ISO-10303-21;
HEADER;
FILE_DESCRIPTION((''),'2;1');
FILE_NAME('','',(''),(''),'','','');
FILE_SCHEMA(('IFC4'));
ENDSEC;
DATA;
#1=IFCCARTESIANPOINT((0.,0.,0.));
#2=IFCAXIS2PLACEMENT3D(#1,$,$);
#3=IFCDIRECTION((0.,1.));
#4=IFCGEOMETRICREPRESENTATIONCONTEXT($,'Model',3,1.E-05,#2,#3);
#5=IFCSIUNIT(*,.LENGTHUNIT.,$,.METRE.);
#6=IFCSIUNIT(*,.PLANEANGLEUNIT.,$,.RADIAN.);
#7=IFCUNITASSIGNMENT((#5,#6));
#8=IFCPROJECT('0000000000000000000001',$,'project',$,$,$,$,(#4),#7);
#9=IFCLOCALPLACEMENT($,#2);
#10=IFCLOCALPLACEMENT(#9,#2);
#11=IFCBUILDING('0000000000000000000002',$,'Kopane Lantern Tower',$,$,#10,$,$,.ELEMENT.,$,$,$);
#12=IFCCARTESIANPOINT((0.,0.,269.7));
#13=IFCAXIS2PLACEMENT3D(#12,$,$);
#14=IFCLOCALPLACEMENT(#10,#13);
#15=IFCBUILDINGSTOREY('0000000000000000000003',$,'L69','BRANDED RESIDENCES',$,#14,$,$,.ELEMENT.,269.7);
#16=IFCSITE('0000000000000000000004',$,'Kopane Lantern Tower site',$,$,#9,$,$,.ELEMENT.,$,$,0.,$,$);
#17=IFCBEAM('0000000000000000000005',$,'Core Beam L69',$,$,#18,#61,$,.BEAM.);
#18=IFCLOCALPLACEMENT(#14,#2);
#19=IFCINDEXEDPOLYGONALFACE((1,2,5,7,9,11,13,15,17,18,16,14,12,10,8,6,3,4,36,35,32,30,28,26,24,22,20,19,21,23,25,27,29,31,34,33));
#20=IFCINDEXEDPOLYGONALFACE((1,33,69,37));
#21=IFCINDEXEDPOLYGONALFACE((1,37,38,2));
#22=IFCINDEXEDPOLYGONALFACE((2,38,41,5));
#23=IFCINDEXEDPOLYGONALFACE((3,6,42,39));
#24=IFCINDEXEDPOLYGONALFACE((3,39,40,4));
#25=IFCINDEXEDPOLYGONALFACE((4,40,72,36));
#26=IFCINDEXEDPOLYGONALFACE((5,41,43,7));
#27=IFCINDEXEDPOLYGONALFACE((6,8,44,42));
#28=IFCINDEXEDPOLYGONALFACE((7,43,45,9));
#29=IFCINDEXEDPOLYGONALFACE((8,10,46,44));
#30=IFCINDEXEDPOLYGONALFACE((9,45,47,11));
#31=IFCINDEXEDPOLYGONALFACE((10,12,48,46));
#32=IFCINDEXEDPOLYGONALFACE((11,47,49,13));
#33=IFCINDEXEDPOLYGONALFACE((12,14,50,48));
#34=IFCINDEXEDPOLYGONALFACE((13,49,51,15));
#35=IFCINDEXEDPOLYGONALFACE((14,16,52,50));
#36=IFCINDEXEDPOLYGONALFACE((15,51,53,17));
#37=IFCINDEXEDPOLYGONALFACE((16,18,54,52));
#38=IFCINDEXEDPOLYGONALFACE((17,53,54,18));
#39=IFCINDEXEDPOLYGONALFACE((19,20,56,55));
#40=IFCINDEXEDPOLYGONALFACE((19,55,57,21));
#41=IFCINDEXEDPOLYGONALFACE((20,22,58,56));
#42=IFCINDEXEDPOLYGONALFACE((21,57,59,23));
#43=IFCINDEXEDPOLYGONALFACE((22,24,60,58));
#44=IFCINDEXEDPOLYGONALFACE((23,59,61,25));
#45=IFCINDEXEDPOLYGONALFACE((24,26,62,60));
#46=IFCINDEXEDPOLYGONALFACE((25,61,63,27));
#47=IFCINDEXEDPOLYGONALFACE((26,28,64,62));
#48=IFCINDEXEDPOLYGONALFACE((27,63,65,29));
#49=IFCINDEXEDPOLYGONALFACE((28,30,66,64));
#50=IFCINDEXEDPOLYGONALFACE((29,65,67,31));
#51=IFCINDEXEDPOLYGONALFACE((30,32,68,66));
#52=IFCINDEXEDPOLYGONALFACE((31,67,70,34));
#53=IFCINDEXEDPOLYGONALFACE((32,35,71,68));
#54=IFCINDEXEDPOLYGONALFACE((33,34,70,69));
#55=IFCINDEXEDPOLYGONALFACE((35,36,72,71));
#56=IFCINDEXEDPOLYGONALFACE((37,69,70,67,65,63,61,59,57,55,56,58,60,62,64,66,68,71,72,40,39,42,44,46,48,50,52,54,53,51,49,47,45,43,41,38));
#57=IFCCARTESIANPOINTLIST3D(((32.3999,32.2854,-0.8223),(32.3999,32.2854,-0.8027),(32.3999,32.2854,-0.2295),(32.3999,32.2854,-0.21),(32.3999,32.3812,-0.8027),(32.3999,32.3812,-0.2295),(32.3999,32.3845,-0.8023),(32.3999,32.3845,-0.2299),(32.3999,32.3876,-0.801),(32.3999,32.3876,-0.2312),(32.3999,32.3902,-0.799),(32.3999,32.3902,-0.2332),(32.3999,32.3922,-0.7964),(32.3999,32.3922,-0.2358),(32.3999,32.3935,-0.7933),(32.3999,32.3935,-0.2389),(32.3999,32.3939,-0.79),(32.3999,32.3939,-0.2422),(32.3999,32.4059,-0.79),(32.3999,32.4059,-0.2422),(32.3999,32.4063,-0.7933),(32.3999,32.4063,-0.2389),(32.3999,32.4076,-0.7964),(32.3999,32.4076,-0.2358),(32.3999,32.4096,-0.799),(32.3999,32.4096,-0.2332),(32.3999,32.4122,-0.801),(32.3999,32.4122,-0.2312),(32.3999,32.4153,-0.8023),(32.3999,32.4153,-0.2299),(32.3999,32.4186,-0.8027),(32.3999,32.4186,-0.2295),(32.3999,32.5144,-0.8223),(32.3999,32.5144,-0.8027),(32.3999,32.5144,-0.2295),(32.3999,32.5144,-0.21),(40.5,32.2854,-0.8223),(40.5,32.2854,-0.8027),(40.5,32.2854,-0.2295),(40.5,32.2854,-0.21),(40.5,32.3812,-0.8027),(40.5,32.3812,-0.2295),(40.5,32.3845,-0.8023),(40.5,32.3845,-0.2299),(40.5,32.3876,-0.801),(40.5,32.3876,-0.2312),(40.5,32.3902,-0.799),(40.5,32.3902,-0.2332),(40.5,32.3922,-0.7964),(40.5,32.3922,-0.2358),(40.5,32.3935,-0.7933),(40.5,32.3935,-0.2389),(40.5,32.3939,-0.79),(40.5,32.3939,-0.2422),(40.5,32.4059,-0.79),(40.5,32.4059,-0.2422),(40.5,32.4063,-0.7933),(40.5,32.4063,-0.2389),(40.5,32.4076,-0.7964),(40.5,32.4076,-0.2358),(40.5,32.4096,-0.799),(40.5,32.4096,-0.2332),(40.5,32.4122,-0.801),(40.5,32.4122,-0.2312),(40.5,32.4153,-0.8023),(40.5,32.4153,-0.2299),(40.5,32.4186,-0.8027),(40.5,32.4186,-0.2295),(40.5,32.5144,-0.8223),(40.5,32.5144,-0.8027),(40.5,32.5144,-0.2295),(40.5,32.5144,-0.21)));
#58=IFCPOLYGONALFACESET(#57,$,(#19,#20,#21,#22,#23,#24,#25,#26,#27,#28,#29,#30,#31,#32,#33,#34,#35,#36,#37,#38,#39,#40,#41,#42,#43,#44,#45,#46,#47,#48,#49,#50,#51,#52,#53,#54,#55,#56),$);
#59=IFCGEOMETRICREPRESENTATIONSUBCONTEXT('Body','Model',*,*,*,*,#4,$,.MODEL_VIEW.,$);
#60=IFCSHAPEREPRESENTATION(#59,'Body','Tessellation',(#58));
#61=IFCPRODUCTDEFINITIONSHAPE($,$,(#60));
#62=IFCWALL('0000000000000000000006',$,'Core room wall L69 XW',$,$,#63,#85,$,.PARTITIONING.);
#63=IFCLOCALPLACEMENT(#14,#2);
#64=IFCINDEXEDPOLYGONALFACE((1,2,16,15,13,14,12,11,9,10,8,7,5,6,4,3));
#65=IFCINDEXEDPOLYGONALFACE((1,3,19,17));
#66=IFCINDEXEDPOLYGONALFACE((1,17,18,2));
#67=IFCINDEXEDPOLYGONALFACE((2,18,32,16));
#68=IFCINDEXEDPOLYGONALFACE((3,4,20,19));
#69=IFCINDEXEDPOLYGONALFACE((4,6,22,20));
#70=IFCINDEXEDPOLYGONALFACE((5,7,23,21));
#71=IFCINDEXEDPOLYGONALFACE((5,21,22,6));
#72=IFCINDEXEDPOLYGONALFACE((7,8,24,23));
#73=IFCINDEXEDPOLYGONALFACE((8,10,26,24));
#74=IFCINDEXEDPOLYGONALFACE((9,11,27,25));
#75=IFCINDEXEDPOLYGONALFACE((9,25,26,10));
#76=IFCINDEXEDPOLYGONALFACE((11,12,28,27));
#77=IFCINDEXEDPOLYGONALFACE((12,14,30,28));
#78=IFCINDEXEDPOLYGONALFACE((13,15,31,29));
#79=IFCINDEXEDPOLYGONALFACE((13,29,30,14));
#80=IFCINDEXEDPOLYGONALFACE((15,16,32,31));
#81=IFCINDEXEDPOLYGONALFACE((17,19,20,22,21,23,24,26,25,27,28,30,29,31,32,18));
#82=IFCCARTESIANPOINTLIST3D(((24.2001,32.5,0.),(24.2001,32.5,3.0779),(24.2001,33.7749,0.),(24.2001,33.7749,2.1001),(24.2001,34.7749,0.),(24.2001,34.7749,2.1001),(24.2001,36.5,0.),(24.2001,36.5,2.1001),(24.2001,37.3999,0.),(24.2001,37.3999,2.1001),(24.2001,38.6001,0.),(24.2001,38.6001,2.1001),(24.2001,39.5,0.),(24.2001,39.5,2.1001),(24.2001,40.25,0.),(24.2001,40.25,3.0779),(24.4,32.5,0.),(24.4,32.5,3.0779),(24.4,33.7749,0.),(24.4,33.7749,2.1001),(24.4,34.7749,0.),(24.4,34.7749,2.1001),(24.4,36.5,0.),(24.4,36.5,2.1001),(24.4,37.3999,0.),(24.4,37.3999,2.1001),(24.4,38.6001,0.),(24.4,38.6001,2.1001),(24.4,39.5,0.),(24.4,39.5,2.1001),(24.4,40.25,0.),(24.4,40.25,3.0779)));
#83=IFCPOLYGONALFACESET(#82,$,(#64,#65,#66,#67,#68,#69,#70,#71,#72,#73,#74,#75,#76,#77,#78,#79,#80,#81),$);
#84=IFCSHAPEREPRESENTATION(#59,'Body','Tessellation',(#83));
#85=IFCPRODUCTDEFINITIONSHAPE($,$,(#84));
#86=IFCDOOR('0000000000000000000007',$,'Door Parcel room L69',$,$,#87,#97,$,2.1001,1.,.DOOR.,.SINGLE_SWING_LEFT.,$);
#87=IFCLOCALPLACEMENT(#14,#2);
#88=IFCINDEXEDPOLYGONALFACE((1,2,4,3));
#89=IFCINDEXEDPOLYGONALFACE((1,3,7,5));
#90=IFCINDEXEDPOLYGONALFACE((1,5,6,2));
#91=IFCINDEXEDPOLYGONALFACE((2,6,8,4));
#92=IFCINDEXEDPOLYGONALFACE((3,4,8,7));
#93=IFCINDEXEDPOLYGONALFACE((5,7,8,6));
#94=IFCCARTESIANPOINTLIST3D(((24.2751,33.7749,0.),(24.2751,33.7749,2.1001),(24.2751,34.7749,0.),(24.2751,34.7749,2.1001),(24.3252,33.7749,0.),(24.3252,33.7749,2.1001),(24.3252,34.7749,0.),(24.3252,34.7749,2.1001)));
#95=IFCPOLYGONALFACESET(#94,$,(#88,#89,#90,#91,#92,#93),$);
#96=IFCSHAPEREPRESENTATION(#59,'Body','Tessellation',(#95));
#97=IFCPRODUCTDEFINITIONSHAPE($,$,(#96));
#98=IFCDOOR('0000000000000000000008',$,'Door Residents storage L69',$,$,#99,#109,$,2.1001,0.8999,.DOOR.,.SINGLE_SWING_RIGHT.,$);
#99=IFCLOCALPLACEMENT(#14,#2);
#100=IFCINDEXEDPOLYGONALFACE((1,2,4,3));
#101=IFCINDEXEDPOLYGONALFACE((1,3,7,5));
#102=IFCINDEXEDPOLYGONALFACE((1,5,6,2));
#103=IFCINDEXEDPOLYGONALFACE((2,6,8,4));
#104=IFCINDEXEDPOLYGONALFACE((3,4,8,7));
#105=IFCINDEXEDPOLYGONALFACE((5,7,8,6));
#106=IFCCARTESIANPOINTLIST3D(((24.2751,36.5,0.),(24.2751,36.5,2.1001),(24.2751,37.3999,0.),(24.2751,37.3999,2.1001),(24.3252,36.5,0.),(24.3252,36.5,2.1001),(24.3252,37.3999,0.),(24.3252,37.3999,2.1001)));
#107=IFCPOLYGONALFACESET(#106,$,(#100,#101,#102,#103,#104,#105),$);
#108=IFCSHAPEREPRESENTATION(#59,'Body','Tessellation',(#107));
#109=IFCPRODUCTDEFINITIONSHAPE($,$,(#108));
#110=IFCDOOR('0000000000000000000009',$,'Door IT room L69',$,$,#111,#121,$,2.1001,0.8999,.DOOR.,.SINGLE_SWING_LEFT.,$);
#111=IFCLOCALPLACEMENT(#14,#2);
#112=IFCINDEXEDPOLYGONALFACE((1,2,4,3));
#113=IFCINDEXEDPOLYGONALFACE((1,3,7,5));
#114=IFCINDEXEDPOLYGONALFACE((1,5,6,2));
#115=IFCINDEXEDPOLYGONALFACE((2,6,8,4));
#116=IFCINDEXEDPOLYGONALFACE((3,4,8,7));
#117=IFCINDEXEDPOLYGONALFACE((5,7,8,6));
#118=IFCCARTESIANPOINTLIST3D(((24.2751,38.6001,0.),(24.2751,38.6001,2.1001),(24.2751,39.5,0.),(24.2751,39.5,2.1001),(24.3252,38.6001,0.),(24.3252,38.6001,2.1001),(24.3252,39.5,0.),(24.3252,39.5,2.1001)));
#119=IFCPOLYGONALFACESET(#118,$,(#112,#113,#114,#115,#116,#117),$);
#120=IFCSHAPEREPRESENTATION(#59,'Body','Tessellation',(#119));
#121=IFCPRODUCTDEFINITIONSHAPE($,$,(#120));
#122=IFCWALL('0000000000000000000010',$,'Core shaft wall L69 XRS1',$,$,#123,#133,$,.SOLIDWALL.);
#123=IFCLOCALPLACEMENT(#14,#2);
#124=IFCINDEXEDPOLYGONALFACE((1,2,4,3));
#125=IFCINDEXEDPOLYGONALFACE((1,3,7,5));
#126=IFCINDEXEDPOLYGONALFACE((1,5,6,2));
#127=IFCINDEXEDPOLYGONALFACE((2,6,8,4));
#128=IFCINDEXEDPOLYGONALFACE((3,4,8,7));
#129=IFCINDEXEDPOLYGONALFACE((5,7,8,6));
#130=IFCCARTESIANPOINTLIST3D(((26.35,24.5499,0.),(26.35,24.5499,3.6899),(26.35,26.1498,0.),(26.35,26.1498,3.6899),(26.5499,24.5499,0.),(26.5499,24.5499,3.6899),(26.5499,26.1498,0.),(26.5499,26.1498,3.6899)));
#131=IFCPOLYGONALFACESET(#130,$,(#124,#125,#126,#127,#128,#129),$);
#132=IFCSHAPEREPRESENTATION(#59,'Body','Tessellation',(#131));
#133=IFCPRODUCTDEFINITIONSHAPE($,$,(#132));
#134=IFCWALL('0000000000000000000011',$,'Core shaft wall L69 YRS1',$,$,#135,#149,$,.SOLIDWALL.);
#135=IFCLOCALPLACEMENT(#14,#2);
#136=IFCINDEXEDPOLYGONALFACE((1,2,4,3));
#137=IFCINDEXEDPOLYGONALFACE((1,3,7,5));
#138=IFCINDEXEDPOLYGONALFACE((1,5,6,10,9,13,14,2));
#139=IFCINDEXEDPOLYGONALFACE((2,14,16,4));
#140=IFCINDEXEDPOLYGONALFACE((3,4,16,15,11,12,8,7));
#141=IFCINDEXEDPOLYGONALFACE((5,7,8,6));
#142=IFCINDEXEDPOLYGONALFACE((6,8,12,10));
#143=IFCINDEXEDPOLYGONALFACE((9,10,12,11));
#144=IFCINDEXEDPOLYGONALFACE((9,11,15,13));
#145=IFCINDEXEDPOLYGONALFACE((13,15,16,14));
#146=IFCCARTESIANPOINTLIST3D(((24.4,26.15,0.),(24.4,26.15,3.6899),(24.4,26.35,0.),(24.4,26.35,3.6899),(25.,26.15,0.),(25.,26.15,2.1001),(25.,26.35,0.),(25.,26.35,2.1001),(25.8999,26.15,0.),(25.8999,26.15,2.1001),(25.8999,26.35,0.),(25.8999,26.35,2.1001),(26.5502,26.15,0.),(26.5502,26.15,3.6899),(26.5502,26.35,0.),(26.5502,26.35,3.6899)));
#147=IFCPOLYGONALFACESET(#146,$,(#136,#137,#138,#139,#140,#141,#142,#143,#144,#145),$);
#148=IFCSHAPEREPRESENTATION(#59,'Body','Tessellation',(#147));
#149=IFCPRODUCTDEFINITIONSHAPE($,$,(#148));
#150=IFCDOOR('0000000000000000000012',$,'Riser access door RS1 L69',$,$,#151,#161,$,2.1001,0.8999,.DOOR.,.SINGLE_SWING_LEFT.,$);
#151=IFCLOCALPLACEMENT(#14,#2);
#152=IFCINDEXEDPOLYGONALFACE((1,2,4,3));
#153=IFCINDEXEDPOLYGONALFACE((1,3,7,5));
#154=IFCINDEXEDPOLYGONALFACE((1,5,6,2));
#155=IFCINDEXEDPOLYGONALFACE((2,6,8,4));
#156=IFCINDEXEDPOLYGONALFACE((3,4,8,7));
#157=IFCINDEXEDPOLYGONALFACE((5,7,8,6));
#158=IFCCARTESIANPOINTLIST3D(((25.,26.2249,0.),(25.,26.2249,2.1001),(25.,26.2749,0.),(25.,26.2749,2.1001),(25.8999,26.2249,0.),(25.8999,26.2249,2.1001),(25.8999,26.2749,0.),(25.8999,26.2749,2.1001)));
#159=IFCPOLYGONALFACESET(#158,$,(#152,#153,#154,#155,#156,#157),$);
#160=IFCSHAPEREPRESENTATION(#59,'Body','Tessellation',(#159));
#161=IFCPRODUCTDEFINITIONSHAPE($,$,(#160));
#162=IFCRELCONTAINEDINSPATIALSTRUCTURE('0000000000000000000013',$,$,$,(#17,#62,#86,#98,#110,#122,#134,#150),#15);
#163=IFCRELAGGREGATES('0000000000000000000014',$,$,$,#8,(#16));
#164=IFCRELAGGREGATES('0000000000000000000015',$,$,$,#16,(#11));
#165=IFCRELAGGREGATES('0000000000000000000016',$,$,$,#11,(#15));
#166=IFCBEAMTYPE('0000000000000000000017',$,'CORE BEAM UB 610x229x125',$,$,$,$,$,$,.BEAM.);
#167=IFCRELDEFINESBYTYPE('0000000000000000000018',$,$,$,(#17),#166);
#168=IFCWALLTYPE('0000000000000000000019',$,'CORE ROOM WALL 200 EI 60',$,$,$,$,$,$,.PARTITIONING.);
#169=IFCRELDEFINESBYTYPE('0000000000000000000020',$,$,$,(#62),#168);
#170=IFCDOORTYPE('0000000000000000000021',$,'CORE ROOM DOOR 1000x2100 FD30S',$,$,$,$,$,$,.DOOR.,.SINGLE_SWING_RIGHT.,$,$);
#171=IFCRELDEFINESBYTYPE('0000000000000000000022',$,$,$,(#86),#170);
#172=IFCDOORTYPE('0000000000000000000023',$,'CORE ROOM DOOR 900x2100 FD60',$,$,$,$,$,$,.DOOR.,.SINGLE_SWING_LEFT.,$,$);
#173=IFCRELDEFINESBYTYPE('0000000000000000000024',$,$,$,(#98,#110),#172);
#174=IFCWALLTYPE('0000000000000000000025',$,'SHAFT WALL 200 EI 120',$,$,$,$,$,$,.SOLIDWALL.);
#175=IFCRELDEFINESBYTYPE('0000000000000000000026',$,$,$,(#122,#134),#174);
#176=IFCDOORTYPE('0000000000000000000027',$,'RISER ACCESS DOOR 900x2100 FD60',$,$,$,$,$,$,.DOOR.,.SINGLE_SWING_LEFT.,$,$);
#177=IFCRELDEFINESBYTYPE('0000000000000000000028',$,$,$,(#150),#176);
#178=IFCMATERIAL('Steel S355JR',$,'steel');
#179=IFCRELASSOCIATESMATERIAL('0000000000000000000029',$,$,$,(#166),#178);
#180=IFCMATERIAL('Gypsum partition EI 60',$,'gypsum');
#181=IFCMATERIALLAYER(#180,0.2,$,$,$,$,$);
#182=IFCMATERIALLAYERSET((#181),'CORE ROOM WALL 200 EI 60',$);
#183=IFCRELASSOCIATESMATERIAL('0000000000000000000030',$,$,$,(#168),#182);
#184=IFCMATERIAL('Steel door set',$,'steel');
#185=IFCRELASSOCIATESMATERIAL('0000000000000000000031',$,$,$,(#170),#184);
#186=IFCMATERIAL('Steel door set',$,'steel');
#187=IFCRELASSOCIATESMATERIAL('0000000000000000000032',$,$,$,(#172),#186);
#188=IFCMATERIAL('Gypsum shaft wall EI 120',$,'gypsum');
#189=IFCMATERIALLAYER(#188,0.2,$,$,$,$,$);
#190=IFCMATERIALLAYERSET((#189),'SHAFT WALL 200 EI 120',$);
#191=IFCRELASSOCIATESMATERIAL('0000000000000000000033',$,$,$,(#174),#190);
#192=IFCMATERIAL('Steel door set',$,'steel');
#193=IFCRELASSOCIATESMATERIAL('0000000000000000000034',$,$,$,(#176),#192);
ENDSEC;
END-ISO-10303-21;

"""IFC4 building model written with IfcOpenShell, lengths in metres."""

from ifc_helpers import new_model, si_unit, direction, frame, frame_2d, origin, origin_2d, place, context, subcontext, project, spatial, rectangle, i_section, extrude, material, layer, layer_set, material_profile, profile_set, type_object, element, fill, save


model = new_model("IFC4")

# Units and contexts
model_context = context("Model", 3, precision=1e-05, world=origin(), true_north=direction((0.0, 1.0)))
body_context = subcontext(model_context, "Body", "Model", "MODEL_VIEW")
ifc_project = project(units=[si_unit("LENGTHUNIT", "METRE"), si_unit("PLANEANGLEUNIT", "RADIAN")], contexts=[model_context])

# Site, building, storey
site_placement = place(None, origin())
site = spatial("IfcSite", under=ifc_project, at=site_placement, Name="Kopane Lantern Tower site", CompositionType="ELEMENT", RefElevation=0.0)
building_placement = place(site_placement, origin())
building = spatial("IfcBuilding", under=site, at=building_placement, Name="Kopane Lantern Tower", CompositionType="ELEMENT")
storey_placement = place(building_placement, frame((0.0, 0.0, 269.7)))
storey = spatial("IfcBuildingStorey", under=building, at=storey_placement, Name="L69", Description="BRANDED RESIDENCES", CompositionType="ELEMENT", Elevation=269.7)

# Beam
ifc_material_1 = material(Name="Steel S355JR", Category="steel")
ifc_material_profile_1 = material_profile(ifc_material_1, i_section(OverallWidth=0.229, OverallDepth=0.6123, WebThickness=0.012, FlangeThickness=0.0195, FilletRadius=0.0127, at=origin_2d()), Name="UB 610x229x125")
ifc_profile_set_1 = profile_set([ifc_material_profile_1], Name="Steel S355JR")
beam_type = type_object("IfcBeamType", Name="CORE BEAM UB 610x229x125", PredefinedType="BEAM", material=ifc_profile_set_1)
for number, where, z_axis, x_axis, name in (
    (1, (32.3999, 32.3999, -0.5161), (1.0, 0.0, 0.0), (0.0, 1.0, 0.0), "Core Beam L69"),
):
    element("IfcBeam", number, at=place(storey_placement, frame(where, z_axis=z_axis, x_axis=x_axis)), inside=storey, type_object=beam_type, Name=name, PredefinedType="BEAM", context=body_context, shape_type="SweptSolid", body=[
        extrude(i_section(OverallWidth=0.229, OverallDepth=0.6123, WebThickness=0.012, FlangeThickness=0.0195, FilletRadius=0.0127, at=origin_2d()), origin(), (0.0, 0.0, 1.0), 8.1001),
    ])

# Wall, openings, doors
ifc_material_2 = material(Name="Gypsum partition EI 60", Category="gypsum")
ifc_layer_1 = layer(ifc_material_2, 0.2)
ifc_layer_set_1 = layer_set([ifc_layer_1], Name="CORE ROOM WALL 200 EI 60")
wall_type_1 = type_object("IfcWallType", Name="CORE ROOM WALL 200 EI 60", PredefinedType="PARTITIONING", material=ifc_layer_set_1)
wall_1_placement = place(storey_placement, frame((24.3, 32.5, 0.0), z_axis=(0.0, 0.0, 1.0), x_axis=(0.0, 1.0, 0.0)))
wall_1 = element("IfcWall", 2, at=wall_1_placement, inside=storey, type_object=wall_type_1, Name="Core room wall L69 XW", PredefinedType="PARTITIONING", context=body_context, shape_type="SweptSolid", body=[
    extrude(rectangle(XDim=7.75, YDim=0.2, at=frame_2d((3.875, 0.0))), origin(), (0.0, 0.0, 1.0), 3.0779),
])
opening_1_placement = place(wall_1_placement, frame((1.2749, 0.0, 0.0)))
opening_1 = element("IfcOpeningElement", 3, at=opening_1_placement, cuts=wall_1, PredefinedType="OPENING", context=body_context, shape_type="SweptSolid", body=[
    extrude(rectangle(XDim=1.0, YDim=2.1001, at=frame_2d((0.5, 1.05))), frame((0.0, 0.1099, 0.0), z_axis=(0.0, -1.0, 0.0), x_axis=(1.0, 0.0, 0.0)), (0.0, 0.0, 1.0), 0.22),
])
opening_2_placement = place(wall_1_placement, frame((4.0, 0.0, 0.0)))
opening_2 = element("IfcOpeningElement", 4, at=opening_2_placement, cuts=wall_1, PredefinedType="OPENING", context=body_context, shape_type="SweptSolid", body=[
    extrude(rectangle(XDim=0.8999, YDim=2.1001, at=frame_2d((0.45, 1.05))), frame((0.0, 0.1099, 0.0), z_axis=(0.0, -1.0, 0.0), x_axis=(1.0, 0.0, 0.0)), (0.0, 0.0, 1.0), 0.22),
])
opening_3_placement = place(wall_1_placement, frame((6.1001, 0.0, 0.0)))
opening_3 = element("IfcOpeningElement", 5, at=opening_3_placement, cuts=wall_1, PredefinedType="OPENING", context=body_context, shape_type="SweptSolid", body=[
    extrude(rectangle(XDim=0.8999, YDim=2.1001, at=frame_2d((0.45, 1.05))), frame((0.0, 0.1099, 0.0), z_axis=(0.0, -1.0, 0.0), x_axis=(1.0, 0.0, 0.0)), (0.0, 0.0, 1.0), 0.22),
])
ifc_material_3 = material(Name="Steel door set", Category="steel")
door_type_1 = type_object("IfcDoorType", Name="CORE ROOM DOOR 1000x2100 FD30S", OperationType="SINGLE_SWING_RIGHT", PredefinedType="DOOR", material=ifc_material_3)
door_1_placement = place(opening_1_placement, origin())
door_1 = element("IfcDoor", 6, at=door_1_placement, inside=storey, type_object=door_type_1, Name="Door Parcel room L69", OperationType="SINGLE_SWING_LEFT", OverallHeight=2.1001, OverallWidth=1.0, PredefinedType="DOOR", context=body_context, shape_type="SweptSolid", body=[
    extrude(rectangle(XDim=1.0, YDim=2.1001, at=frame_2d((0.5, 1.05))), frame((0.0, 0.0249, 0.0), z_axis=(0.0, -1.0, 0.0), x_axis=(1.0, 0.0, 0.0)), (0.0, 0.0, 1.0), 0.05),
])
fill(opening_1, door_1)
ifc_material_4 = material(Name="Steel door set", Category="steel")
door_type_2 = type_object("IfcDoorType", Name="CORE ROOM DOOR 900x2100 FD60", OperationType="SINGLE_SWING_LEFT", PredefinedType="DOOR", material=ifc_material_4)
door_2_placement = place(opening_2_placement, origin())
door_2 = element("IfcDoor", 7, at=door_2_placement, inside=storey, type_object=door_type_2, Name="Door Residents storage L69", OperationType="SINGLE_SWING_RIGHT", OverallHeight=2.1001, OverallWidth=0.8999, PredefinedType="DOOR", context=body_context, shape_type="SweptSolid", body=[
    extrude(rectangle(XDim=0.8999, YDim=2.1001, at=frame_2d((0.45, 1.05))), frame((0.0, 0.0249, 0.0), z_axis=(0.0, -1.0, 0.0), x_axis=(1.0, 0.0, 0.0)), (0.0, 0.0, 1.0), 0.05),
])
fill(opening_2, door_2)
door_3_placement = place(opening_3_placement, origin())
door_3 = element("IfcDoor", 8, at=door_3_placement, inside=storey, type_object=door_type_2, Name="Door IT room L69", OperationType="SINGLE_SWING_LEFT", OverallHeight=2.1001, OverallWidth=0.8999, PredefinedType="DOOR", context=body_context, shape_type="SweptSolid", body=[
    extrude(rectangle(XDim=0.8999, YDim=2.1001, at=frame_2d((0.45, 1.05))), frame((0.0, 0.0249, 0.0), z_axis=(0.0, -1.0, 0.0), x_axis=(1.0, 0.0, 0.0)), (0.0, 0.0, 1.0), 0.05),
])
fill(opening_3, door_3)

# Wall
ifc_material_5 = material(Name="Gypsum shaft wall EI 120", Category="gypsum")
ifc_layer_2 = layer(ifc_material_5, 0.2)
ifc_layer_set_2 = layer_set([ifc_layer_2], Name="SHAFT WALL 200 EI 120")
wall_type_2 = type_object("IfcWallType", Name="SHAFT WALL 200 EI 120", PredefinedType="SOLIDWALL", material=ifc_layer_set_2)
wall_2_placement = place(storey_placement, frame((26.45, 24.55, 0.0), z_axis=(0.0, 0.0, 1.0), x_axis=(0.0, 1.0, 0.0)))
element("IfcWall", 9, at=wall_2_placement, inside=storey, type_object=wall_type_2, Name="Core shaft wall L69 XRS1", PredefinedType="SOLIDWALL", context=body_context, shape_type="SweptSolid", body=[
    extrude(rectangle(XDim=1.5999, YDim=0.2, at=frame_2d((0.7998, 0.0))), origin(), (0.0, 0.0, 1.0), 3.6899),
])

# Wall, opening, door
wall_3_placement = place(storey_placement, frame((24.3999, 26.25, 0.0), z_axis=(0.0, 0.0, 1.0), x_axis=(1.0, 0.0, 0.0)))
wall_3 = element("IfcWall", 10, at=wall_3_placement, inside=storey, type_object=wall_type_2, Name="Core shaft wall L69 YRS1", PredefinedType="SOLIDWALL", context=body_context, shape_type="SweptSolid", body=[
    extrude(rectangle(XDim=2.1501, YDim=0.2, at=frame_2d((1.0752, 0.0))), origin(), (0.0, 0.0, 1.0), 3.6899),
])
opening_4_placement = place(wall_3_placement, frame((0.6001, 0.0, 0.0)))
opening_4 = element("IfcOpeningElement", 11, at=opening_4_placement, cuts=wall_3, PredefinedType="OPENING", context=body_context, shape_type="SweptSolid", body=[
    extrude(rectangle(XDim=0.8999, YDim=2.1001, at=frame_2d((0.45, 1.05))), frame((0.0, 0.1099, 0.0), z_axis=(0.0, -1.0, 0.0), x_axis=(1.0, 0.0, 0.0)), (0.0, 0.0, 1.0), 0.22),
])
ifc_material_6 = material(Name="Steel door set", Category="steel")
door_type_3 = type_object("IfcDoorType", Name="RISER ACCESS DOOR 900x2100 FD60", OperationType="SINGLE_SWING_LEFT", PredefinedType="DOOR", material=ifc_material_6)
door_4_placement = place(opening_4_placement, origin())
door_4 = element("IfcDoor", 12, at=door_4_placement, inside=storey, type_object=door_type_3, Name="Riser access door RS1 L69", OperationType="SINGLE_SWING_LEFT", OverallHeight=2.1001, OverallWidth=0.8999, PredefinedType="DOOR", context=body_context, shape_type="SweptSolid", body=[
    extrude(rectangle(XDim=0.8999, YDim=2.1001, at=frame_2d((0.45, 1.05))), frame((0.0, 0.0249, 0.0), z_axis=(0.0, -1.0, 0.0), x_axis=(1.0, 0.0, 0.0)), (0.0, 0.0, 1.0), 0.05),
])
fill(opening_4, door_4)

save(model, "model.ifc")
